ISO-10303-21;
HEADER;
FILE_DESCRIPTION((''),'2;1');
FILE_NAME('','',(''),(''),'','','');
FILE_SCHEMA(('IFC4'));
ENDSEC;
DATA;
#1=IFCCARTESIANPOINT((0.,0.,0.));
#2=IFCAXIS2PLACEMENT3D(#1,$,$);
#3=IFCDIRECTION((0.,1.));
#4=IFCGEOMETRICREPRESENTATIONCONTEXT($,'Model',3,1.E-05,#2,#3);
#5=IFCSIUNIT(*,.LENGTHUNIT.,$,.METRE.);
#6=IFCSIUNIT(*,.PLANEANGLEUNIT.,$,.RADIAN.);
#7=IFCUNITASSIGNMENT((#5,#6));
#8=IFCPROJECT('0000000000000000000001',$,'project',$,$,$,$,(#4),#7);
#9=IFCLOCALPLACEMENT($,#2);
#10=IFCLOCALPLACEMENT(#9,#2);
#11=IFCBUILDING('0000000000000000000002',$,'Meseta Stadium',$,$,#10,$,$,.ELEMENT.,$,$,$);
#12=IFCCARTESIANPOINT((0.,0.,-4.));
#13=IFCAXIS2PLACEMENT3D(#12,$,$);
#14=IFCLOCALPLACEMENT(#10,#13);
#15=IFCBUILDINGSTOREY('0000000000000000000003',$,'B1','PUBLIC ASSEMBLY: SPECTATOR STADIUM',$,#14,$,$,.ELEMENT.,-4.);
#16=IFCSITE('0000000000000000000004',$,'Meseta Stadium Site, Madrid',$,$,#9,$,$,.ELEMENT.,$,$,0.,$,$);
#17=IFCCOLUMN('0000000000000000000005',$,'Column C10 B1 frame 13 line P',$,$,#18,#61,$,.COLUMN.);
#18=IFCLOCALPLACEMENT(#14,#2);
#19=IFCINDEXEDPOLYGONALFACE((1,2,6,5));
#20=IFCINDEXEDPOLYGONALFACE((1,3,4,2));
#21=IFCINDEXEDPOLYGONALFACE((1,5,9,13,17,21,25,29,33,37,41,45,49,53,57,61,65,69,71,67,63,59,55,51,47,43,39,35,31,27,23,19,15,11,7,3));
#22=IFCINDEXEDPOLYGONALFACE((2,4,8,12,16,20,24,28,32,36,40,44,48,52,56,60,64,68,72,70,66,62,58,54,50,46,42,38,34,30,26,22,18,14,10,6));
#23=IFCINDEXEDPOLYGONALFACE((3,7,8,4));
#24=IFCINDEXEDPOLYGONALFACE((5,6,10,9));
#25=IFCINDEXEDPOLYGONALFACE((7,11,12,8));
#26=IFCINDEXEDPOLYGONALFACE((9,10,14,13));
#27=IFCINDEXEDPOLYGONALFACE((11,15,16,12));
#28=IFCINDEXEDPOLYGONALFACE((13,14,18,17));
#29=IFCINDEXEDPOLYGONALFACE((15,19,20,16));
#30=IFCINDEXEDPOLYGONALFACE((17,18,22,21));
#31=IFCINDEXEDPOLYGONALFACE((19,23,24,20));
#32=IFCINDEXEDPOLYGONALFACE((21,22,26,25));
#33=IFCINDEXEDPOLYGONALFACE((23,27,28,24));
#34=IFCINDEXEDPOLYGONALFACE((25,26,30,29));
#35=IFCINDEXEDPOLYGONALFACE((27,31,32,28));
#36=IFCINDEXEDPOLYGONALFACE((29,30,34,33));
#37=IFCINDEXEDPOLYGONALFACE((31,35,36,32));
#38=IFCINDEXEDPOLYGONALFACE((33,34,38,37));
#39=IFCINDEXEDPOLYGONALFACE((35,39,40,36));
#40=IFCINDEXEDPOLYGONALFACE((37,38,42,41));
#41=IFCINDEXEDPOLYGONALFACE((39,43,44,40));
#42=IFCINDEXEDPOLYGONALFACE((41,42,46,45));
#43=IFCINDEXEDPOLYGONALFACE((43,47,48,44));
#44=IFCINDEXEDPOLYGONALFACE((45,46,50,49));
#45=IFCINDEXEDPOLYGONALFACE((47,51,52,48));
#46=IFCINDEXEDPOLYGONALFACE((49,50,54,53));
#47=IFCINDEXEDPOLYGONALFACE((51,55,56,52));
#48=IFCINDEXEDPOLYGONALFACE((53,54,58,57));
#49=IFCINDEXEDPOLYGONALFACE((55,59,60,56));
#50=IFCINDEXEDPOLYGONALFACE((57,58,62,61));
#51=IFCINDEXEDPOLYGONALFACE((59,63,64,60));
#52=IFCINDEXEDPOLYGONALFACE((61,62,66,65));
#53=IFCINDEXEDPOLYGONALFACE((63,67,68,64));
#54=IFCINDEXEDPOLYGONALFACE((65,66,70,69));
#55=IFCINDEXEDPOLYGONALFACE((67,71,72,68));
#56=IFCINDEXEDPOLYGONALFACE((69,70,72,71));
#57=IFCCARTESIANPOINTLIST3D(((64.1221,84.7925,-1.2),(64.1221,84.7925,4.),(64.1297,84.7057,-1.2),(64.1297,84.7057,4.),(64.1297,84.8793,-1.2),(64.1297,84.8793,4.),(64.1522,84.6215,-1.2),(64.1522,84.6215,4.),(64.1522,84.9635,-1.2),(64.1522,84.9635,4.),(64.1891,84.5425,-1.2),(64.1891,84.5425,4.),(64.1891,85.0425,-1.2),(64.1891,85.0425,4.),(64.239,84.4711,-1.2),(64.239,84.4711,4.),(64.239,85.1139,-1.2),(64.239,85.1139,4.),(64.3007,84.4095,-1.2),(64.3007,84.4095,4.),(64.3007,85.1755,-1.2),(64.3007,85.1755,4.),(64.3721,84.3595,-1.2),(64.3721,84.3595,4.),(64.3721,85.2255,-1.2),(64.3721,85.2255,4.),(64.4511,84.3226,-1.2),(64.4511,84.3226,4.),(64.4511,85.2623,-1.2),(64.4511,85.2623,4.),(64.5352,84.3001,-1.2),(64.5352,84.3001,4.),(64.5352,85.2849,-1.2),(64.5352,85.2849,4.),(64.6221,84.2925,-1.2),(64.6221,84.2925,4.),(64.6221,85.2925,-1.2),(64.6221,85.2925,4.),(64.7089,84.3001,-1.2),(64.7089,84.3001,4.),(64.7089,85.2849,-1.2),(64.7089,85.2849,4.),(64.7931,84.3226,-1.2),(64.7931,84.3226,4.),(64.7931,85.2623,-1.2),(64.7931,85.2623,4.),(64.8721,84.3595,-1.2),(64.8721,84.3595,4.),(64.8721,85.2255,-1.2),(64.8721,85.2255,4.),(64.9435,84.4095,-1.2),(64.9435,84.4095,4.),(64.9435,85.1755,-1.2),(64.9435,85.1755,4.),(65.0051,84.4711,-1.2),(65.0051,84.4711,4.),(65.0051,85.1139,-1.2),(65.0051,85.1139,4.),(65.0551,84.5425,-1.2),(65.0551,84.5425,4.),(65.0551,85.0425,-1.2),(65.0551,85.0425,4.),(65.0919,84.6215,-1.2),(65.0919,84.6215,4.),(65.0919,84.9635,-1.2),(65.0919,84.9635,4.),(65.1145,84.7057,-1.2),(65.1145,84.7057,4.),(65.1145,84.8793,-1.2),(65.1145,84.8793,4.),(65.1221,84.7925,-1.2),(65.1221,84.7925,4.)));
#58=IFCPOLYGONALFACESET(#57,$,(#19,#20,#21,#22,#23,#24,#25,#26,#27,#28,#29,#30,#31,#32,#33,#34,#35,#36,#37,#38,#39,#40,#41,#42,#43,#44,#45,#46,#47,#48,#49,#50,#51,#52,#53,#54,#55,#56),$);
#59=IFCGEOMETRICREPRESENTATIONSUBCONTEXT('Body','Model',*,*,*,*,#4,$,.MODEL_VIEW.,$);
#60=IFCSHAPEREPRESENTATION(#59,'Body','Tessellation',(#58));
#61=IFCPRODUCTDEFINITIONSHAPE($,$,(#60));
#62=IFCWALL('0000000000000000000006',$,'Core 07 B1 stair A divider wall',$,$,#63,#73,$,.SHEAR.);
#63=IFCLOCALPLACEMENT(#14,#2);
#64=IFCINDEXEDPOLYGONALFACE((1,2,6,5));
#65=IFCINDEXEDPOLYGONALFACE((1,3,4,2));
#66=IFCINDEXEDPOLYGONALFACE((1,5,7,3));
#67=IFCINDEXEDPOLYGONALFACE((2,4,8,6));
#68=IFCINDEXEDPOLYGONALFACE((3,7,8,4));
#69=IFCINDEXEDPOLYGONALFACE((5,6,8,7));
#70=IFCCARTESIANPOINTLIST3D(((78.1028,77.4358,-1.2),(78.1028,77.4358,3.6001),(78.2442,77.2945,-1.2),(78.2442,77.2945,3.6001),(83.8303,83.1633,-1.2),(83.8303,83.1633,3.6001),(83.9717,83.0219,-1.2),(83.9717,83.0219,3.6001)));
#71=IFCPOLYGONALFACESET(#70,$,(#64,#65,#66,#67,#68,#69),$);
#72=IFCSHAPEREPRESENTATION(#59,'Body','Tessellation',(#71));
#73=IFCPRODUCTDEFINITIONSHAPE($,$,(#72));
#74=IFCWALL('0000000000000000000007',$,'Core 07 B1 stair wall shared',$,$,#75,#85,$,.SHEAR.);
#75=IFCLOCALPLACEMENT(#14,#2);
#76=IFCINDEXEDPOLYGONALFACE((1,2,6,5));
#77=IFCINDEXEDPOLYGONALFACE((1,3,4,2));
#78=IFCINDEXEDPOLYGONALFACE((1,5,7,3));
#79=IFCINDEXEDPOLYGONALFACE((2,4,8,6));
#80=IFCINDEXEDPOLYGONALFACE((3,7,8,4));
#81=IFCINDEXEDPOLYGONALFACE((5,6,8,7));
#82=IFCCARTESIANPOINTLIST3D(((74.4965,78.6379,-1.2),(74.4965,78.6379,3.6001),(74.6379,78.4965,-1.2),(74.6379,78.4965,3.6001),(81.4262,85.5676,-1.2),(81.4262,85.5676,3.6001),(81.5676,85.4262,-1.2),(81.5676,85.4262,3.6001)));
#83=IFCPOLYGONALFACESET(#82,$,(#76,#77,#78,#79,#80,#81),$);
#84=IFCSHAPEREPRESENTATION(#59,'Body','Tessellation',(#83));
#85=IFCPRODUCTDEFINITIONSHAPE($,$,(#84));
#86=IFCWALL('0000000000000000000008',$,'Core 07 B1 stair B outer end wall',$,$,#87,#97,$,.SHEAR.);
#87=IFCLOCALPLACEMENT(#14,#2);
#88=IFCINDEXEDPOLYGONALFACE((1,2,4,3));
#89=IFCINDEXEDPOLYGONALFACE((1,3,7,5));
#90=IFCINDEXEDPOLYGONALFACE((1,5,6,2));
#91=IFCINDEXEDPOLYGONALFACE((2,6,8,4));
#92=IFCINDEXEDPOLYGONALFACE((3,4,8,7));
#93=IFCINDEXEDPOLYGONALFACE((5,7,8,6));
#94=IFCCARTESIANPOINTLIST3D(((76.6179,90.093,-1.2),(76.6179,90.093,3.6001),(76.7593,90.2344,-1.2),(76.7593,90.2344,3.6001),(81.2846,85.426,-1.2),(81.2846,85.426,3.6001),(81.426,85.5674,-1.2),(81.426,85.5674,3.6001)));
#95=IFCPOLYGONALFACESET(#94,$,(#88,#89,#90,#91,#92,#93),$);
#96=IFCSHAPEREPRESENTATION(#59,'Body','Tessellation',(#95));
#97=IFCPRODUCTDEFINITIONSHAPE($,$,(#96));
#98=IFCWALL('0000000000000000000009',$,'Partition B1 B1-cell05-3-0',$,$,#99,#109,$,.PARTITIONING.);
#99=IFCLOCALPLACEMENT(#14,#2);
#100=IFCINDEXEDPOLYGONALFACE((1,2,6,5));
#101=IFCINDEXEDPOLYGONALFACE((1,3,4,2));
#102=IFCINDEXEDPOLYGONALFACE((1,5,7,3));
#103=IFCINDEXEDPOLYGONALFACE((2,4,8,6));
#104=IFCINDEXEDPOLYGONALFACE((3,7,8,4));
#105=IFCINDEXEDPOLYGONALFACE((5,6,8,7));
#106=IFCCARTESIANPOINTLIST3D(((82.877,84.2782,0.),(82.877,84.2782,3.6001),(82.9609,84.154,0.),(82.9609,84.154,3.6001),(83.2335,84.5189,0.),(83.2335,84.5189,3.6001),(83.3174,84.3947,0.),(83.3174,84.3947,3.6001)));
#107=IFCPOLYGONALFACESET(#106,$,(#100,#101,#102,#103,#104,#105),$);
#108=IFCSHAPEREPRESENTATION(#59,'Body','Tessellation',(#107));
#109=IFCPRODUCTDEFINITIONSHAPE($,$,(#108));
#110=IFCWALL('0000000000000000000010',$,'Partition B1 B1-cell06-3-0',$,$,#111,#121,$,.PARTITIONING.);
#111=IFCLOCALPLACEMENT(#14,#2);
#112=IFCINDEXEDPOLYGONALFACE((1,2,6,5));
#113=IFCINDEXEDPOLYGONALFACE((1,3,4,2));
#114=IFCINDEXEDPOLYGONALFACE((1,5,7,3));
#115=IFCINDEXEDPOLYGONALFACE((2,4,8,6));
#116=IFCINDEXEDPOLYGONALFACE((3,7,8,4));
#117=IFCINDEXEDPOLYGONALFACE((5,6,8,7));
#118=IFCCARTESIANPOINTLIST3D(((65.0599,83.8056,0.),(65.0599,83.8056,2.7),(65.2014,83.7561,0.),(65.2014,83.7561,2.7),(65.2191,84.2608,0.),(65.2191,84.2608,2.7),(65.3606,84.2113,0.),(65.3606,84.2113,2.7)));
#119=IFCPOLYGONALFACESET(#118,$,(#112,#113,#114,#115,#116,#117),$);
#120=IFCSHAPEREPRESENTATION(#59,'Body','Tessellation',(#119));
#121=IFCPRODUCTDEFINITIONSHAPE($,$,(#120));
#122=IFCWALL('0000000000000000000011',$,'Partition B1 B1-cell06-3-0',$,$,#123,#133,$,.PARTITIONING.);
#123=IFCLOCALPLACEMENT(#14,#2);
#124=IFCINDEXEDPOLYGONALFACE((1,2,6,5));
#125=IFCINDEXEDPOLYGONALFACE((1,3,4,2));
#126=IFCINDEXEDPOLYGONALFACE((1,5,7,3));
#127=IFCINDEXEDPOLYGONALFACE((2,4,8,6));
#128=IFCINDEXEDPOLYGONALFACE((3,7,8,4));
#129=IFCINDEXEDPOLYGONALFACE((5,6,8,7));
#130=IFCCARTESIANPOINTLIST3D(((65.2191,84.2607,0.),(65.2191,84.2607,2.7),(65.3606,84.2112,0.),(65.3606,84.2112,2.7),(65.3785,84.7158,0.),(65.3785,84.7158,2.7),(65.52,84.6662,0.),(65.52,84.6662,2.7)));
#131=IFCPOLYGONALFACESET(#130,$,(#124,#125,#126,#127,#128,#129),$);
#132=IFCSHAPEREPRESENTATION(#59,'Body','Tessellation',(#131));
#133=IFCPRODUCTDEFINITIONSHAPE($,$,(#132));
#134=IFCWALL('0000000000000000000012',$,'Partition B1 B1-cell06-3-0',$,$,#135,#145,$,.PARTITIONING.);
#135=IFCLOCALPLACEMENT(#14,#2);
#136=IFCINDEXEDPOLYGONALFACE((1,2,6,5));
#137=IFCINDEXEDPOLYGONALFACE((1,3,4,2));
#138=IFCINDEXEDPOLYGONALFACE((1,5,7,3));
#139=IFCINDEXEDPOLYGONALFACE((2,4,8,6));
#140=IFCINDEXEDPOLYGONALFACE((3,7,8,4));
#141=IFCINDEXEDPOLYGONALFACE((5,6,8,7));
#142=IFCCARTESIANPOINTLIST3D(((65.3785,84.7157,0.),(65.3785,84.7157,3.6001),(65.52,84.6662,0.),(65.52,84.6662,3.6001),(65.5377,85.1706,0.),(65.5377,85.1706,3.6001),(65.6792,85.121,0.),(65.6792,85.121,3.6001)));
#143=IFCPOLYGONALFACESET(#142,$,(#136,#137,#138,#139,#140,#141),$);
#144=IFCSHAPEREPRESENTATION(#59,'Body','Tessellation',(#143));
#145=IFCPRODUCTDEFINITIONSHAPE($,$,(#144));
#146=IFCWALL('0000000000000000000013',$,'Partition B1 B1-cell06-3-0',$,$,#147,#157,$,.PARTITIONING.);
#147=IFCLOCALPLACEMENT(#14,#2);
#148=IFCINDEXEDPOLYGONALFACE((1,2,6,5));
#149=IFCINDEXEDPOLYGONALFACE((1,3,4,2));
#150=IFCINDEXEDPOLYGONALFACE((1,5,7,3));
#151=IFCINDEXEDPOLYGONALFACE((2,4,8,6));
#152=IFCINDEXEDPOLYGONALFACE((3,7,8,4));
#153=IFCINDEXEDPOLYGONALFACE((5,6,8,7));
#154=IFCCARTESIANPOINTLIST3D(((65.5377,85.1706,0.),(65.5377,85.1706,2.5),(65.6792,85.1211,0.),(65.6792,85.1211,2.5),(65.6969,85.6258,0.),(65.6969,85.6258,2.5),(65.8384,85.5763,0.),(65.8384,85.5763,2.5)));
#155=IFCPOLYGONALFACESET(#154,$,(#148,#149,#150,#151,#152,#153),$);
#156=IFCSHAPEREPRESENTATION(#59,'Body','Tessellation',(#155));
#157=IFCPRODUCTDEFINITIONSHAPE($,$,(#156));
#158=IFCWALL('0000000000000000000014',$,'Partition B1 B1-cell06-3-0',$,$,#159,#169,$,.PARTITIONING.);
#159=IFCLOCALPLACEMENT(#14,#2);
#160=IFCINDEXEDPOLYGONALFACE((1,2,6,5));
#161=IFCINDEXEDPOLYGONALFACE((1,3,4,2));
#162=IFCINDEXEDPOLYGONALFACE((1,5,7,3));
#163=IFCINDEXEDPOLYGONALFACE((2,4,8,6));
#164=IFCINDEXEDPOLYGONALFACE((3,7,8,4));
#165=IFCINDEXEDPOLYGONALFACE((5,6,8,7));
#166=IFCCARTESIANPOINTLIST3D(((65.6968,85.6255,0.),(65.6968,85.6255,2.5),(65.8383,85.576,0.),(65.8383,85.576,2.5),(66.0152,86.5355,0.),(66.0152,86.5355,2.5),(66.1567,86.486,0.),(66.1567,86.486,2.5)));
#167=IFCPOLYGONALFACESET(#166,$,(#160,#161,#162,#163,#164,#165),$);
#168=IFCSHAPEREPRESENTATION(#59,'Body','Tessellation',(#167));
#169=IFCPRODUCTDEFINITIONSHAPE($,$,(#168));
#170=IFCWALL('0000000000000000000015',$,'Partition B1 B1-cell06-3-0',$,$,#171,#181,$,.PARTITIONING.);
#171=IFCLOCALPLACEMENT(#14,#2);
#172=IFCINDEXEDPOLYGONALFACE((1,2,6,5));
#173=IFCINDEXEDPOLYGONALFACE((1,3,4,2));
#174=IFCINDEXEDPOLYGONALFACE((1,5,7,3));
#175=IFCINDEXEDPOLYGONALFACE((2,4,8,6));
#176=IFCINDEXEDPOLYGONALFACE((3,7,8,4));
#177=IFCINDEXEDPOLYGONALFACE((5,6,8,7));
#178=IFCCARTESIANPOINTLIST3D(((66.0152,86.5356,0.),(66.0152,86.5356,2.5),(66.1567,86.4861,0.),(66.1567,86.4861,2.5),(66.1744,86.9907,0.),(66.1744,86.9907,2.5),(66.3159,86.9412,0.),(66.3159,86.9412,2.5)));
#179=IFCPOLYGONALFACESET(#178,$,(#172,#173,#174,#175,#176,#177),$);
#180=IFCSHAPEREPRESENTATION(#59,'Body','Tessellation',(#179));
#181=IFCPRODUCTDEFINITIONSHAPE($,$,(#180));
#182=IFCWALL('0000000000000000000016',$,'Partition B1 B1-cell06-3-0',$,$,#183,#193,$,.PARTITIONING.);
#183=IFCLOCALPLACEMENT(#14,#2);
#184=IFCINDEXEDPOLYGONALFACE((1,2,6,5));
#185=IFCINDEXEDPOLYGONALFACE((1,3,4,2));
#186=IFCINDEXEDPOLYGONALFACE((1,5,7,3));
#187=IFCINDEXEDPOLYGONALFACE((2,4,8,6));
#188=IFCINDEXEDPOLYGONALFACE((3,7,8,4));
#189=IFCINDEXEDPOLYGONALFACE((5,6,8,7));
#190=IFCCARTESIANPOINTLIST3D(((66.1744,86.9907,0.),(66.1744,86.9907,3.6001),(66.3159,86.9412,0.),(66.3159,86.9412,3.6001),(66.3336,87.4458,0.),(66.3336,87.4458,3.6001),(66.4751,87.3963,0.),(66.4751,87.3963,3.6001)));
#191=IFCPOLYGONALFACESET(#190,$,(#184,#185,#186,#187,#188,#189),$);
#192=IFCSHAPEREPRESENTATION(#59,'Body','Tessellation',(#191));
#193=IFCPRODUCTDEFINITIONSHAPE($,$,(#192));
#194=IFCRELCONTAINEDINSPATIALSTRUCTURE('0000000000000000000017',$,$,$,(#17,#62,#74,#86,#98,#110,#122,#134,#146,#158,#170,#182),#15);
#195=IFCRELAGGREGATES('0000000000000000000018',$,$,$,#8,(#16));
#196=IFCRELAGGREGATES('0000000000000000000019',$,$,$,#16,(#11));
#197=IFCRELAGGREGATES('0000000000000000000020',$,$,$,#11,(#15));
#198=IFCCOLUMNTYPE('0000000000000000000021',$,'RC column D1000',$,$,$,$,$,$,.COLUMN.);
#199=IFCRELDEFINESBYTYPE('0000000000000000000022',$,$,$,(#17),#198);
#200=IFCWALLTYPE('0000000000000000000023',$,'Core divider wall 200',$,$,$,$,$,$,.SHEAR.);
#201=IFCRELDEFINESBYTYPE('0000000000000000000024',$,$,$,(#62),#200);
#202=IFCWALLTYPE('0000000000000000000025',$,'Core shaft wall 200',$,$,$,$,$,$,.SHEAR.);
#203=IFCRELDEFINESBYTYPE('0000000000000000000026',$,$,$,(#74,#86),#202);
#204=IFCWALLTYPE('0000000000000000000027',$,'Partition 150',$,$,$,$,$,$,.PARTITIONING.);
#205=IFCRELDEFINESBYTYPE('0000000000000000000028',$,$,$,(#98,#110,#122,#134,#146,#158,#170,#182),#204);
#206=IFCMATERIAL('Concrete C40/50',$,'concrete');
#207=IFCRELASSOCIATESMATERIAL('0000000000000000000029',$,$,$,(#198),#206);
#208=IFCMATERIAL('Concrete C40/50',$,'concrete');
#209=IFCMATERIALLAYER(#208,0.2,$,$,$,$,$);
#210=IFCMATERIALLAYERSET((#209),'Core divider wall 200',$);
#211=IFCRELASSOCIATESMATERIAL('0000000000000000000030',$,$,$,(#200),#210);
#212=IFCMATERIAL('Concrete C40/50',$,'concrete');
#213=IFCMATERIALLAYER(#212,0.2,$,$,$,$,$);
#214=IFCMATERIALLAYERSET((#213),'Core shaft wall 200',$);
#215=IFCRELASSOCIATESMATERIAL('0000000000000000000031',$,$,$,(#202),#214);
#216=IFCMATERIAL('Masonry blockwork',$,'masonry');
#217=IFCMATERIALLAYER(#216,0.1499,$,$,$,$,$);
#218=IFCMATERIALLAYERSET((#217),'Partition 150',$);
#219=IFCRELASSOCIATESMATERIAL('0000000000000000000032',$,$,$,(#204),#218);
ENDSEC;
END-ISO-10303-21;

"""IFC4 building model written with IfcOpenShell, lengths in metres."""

from ifc_helpers import new_model, si_unit, direction, frame, frame_2d, origin, origin_2d, place, context, subcontext, project, spatial, rectangle, circle, extrude, material, layer, layer_set, material_profile, profile_set, type_object, element, save


model = new_model("IFC4")

# Units and contexts
model_context = context("Model", 3, precision=1e-05, world=origin(), true_north=direction((0.0, 1.0)))
body_context = subcontext(model_context, "Body", "Model", "MODEL_VIEW")
ifc_project = project(units=[si_unit("LENGTHUNIT", "METRE"), si_unit("PLANEANGLEUNIT", "RADIAN")], contexts=[model_context])

# Site, building, storey
site_placement = place(None, origin())
site = spatial("IfcSite", under=ifc_project, at=site_placement, Name="Meseta Stadium Site, Madrid", CompositionType="ELEMENT", RefElevation=0.0)
building_placement = place(site_placement, origin())
building = spatial("IfcBuilding", under=site, at=building_placement, Name="Meseta Stadium", CompositionType="ELEMENT")
storey_placement = place(building_placement, frame((0.0, 0.0, -4.0)))
storey = spatial("IfcBuildingStorey", under=building, at=storey_placement, Name="B1", Description="PUBLIC ASSEMBLY: SPECTATOR STADIUM", CompositionType="ELEMENT", Elevation=-4.0)

# Column
ifc_material_1 = material(Name="Concrete C40/50", Category="concrete")
ifc_material_profile = material_profile(ifc_material_1, circle(Radius=0.5, at=origin_2d()), Name="RC D1000")
ifc_profile_set = profile_set([ifc_material_profile], Name="Concrete C40/50")
column_type = type_object("IfcColumnType", Name="RC column D1000", PredefinedType="COLUMN", material=ifc_profile_set)
column_placement = place(storey_placement, frame((64.6221, 84.7925, -1.2), z_axis=(0.0, 0.0, 1.0), x_axis=(1.0, 0.0, 0.0)))
element("IfcColumn", 1, at=column_placement, inside=storey, type_object=column_type, Name="Column C10 B1 frame 13 line P", PredefinedType="COLUMN", context=body_context, shape_type="SweptSolid", body=[
    extrude(circle(Radius=0.5, at=origin_2d()), origin(), (0.0, 0.0, 1.0), 5.2),
])

# Walls
ifc_material_2 = material(Name="Concrete C40/50", Category="concrete")
ifc_layer_1 = layer(ifc_material_2, 0.2)
ifc_layer_set_1 = layer_set([ifc_layer_1], Name="Core divider wall 200")
wall_type_1 = type_object("IfcWallType", Name="Core divider wall 200", PredefinedType="SHEAR", material=ifc_layer_set_1)
wall_1_placement = place(storey_placement, frame((83.9009, 83.0925, -1.2), z_axis=(0.0, 0.0, 1.0), x_axis=(-0.707107, -0.707107, 0.0)))
element("IfcWall", 2, at=wall_1_placement, inside=storey, type_object=wall_type_1, Name="Core 07 B1 stair A divider wall", PredefinedType="SHEAR", context=body_context, shape_type="SweptSolid", body=[
    extrude(rectangle(XDim=8.0999, YDim=0.2, at=frame_2d((4.0498, 0.0))), origin(), (0.0, 0.0, 1.0), 4.8),
])
ifc_material_3 = material(Name="Concrete C40/50", Category="concrete")
ifc_layer_2 = layer(ifc_material_3, 0.2)
ifc_layer_set_2 = layer_set([ifc_layer_2], Name="Core shaft wall 200")
wall_type_2 = type_object("IfcWallType", Name="Core shaft wall 200", PredefinedType="SHEAR", material=ifc_layer_set_2)
wall_2_placement = place(storey_placement, frame((81.4968, 85.4968, -1.2), z_axis=(0.0, 0.0, 1.0), x_axis=(-0.707107, -0.707107, 0.0)))
element("IfcWall", 3, at=wall_2_placement, inside=storey, type_object=wall_type_2, Name="Core 07 B1 stair wall shared", PredefinedType="SHEAR", context=body_context, shape_type="SweptSolid", body=[
    extrude(rectangle(XDim=9.8, YDim=0.2, at=frame_2d((4.8999, 0.0))), origin(), (0.0, 0.0, 1.0), 4.8),
])
wall_3_placement = place(storey_placement, frame((81.3552, 85.4968, -1.2), z_axis=(0.0, 0.0, 1.0), x_axis=(-0.707088, 0.707125, 0.0)))
element("IfcWall", 4, at=wall_3_placement, inside=storey, type_object=wall_type_2, Name="Core 07 B1 stair B outer end wall", PredefinedType="SHEAR", context=body_context, shape_type="SweptSolid", body=[
    extrude(rectangle(XDim=6.5999, YDim=0.2, at=frame_2d((3.2998, 0.0))), origin(), (0.0, 0.0, 1.0), 4.8),
])
ifc_material_4 = material(Name="Masonry blockwork", Category="masonry")
ifc_layer_3 = layer(ifc_material_4, 0.1499)
ifc_layer_set_3 = layer_set([ifc_layer_3], Name="Partition 150")
wall_type_3 = type_object("IfcWallType", Name="Partition 150", PredefinedType="PARTITIONING", material=ifc_layer_set_3)
wall_4_placement = place(storey_placement, frame((82.9189, 84.2161, 0.0), z_axis=(0.0, 0.0, 1.0), x_axis=(0.828717, 0.559668, 0.0)))
element("IfcWall", 5, at=wall_4_placement, inside=storey, type_object=wall_type_3, Name="Partition B1 B1-cell05-3-0", PredefinedType="PARTITIONING", context=body_context, shape_type="SweptSolid", body=[
    extrude(rectangle(XDim=0.4302, YDim=0.1499, at=frame_2d((0.2151, 0.0))), origin(), (0.0, 0.0, 1.0), 3.6001),
])
for number, where, z_axis, x_axis, name in (
    (6, (65.1306, 83.7808, 0.0), (0.0, 0.0, 1.0), (0.33017, 0.943921, 0.0), "Partition B1 B1-cell06-3-0"),
    (7, (65.2898, 84.2358, 0.0), (0.0, 0.0, 1.0), (0.330621, 0.943764, 0.0), "Partition B1 B1-cell06-3-0"),
):
    element("IfcWall", number, at=place(storey_placement, frame(where, z_axis=z_axis, x_axis=x_axis)), inside=storey, type_object=wall_type_3, Name=name, PredefinedType="PARTITIONING", context=body_context, shape_type="SweptSolid", body=[
        extrude(rectangle(XDim=0.4822, YDim=0.1499, at=frame_2d((0.2412, 0.0))), origin(), (0.0, 0.0, 1.0), 2.7),
    ])
wall_5_placement = place(storey_placement, frame((65.4492, 84.6909, 0.0), z_axis=(0.0, 0.0, 1.0), x_axis=(0.330328, 0.943866, 0.0)))
element("IfcWall", 8, at=wall_5_placement, inside=storey, type_object=wall_type_3, Name="Partition B1 B1-cell06-3-0", PredefinedType="PARTITIONING", context=body_context, shape_type="SweptSolid", body=[
    extrude(rectangle(XDim=0.4819, YDim=0.1499, at=frame_2d((0.241, 0.0))), origin(), (0.0, 0.0, 1.0), 3.6001),
])
wall_6_placement = place(storey_placement, frame((65.6084, 85.1458, 0.0), z_axis=(0.0, 0.0, 1.0), x_axis=(0.33017, 0.943921, 0.0)))
element("IfcWall", 9, at=wall_6_placement, inside=storey, type_object=wall_type_3, Name="Partition B1 B1-cell06-3-0", PredefinedType="PARTITIONING", context=body_context, shape_type="SweptSolid", body=[
    extrude(rectangle(XDim=0.4822, YDim=0.1499, at=frame_2d((0.2412, 0.0))), origin(), (0.0, 0.0, 1.0), 2.5),
])
wall_7_placement = place(storey_placement, frame((65.7676, 85.6008, 0.0), z_axis=(0.0, 0.0, 1.0), x_axis=(0.330249, 0.943894, 0.0)))
element("IfcWall", 10, at=wall_7_placement, inside=storey, type_object=wall_type_3, Name="Partition B1 B1-cell06-3-0", PredefinedType="PARTITIONING", context=body_context, shape_type="SweptSolid", body=[
    extrude(rectangle(XDim=0.9641, YDim=0.1499, at=frame_2d((0.4819, 0.0))), origin(), (0.0, 0.0, 1.0), 2.5),
])
wall_8_placement = place(storey_placement, frame((66.0859, 86.5107, 0.0), z_axis=(0.0, 0.0, 1.0), x_axis=(0.33017, 0.943921, 0.0)))
element("IfcWall", 11, at=wall_8_placement, inside=storey, type_object=wall_type_3, Name="Partition B1 B1-cell06-3-0", PredefinedType="PARTITIONING", context=body_context, shape_type="SweptSolid", body=[
    extrude(rectangle(XDim=0.4822, YDim=0.1499, at=frame_2d((0.2412, 0.0))), origin(), (0.0, 0.0, 1.0), 2.5),
])
wall_9_placement = place(storey_placement, frame((66.2451, 86.9658, 0.0), z_axis=(0.0, 0.0, 1.0), x_axis=(0.33017, 0.943921, 0.0)))
element("IfcWall", 12, at=wall_9_placement, inside=storey, type_object=wall_type_3, Name="Partition B1 B1-cell06-3-0", PredefinedType="PARTITIONING", context=body_context, shape_type="SweptSolid", body=[
    extrude(rectangle(XDim=0.4822, YDim=0.1499, at=frame_2d((0.2412, 0.0))), origin(), (0.0, 0.0, 1.0), 3.6001),
])

save(model, "model.ifc")
